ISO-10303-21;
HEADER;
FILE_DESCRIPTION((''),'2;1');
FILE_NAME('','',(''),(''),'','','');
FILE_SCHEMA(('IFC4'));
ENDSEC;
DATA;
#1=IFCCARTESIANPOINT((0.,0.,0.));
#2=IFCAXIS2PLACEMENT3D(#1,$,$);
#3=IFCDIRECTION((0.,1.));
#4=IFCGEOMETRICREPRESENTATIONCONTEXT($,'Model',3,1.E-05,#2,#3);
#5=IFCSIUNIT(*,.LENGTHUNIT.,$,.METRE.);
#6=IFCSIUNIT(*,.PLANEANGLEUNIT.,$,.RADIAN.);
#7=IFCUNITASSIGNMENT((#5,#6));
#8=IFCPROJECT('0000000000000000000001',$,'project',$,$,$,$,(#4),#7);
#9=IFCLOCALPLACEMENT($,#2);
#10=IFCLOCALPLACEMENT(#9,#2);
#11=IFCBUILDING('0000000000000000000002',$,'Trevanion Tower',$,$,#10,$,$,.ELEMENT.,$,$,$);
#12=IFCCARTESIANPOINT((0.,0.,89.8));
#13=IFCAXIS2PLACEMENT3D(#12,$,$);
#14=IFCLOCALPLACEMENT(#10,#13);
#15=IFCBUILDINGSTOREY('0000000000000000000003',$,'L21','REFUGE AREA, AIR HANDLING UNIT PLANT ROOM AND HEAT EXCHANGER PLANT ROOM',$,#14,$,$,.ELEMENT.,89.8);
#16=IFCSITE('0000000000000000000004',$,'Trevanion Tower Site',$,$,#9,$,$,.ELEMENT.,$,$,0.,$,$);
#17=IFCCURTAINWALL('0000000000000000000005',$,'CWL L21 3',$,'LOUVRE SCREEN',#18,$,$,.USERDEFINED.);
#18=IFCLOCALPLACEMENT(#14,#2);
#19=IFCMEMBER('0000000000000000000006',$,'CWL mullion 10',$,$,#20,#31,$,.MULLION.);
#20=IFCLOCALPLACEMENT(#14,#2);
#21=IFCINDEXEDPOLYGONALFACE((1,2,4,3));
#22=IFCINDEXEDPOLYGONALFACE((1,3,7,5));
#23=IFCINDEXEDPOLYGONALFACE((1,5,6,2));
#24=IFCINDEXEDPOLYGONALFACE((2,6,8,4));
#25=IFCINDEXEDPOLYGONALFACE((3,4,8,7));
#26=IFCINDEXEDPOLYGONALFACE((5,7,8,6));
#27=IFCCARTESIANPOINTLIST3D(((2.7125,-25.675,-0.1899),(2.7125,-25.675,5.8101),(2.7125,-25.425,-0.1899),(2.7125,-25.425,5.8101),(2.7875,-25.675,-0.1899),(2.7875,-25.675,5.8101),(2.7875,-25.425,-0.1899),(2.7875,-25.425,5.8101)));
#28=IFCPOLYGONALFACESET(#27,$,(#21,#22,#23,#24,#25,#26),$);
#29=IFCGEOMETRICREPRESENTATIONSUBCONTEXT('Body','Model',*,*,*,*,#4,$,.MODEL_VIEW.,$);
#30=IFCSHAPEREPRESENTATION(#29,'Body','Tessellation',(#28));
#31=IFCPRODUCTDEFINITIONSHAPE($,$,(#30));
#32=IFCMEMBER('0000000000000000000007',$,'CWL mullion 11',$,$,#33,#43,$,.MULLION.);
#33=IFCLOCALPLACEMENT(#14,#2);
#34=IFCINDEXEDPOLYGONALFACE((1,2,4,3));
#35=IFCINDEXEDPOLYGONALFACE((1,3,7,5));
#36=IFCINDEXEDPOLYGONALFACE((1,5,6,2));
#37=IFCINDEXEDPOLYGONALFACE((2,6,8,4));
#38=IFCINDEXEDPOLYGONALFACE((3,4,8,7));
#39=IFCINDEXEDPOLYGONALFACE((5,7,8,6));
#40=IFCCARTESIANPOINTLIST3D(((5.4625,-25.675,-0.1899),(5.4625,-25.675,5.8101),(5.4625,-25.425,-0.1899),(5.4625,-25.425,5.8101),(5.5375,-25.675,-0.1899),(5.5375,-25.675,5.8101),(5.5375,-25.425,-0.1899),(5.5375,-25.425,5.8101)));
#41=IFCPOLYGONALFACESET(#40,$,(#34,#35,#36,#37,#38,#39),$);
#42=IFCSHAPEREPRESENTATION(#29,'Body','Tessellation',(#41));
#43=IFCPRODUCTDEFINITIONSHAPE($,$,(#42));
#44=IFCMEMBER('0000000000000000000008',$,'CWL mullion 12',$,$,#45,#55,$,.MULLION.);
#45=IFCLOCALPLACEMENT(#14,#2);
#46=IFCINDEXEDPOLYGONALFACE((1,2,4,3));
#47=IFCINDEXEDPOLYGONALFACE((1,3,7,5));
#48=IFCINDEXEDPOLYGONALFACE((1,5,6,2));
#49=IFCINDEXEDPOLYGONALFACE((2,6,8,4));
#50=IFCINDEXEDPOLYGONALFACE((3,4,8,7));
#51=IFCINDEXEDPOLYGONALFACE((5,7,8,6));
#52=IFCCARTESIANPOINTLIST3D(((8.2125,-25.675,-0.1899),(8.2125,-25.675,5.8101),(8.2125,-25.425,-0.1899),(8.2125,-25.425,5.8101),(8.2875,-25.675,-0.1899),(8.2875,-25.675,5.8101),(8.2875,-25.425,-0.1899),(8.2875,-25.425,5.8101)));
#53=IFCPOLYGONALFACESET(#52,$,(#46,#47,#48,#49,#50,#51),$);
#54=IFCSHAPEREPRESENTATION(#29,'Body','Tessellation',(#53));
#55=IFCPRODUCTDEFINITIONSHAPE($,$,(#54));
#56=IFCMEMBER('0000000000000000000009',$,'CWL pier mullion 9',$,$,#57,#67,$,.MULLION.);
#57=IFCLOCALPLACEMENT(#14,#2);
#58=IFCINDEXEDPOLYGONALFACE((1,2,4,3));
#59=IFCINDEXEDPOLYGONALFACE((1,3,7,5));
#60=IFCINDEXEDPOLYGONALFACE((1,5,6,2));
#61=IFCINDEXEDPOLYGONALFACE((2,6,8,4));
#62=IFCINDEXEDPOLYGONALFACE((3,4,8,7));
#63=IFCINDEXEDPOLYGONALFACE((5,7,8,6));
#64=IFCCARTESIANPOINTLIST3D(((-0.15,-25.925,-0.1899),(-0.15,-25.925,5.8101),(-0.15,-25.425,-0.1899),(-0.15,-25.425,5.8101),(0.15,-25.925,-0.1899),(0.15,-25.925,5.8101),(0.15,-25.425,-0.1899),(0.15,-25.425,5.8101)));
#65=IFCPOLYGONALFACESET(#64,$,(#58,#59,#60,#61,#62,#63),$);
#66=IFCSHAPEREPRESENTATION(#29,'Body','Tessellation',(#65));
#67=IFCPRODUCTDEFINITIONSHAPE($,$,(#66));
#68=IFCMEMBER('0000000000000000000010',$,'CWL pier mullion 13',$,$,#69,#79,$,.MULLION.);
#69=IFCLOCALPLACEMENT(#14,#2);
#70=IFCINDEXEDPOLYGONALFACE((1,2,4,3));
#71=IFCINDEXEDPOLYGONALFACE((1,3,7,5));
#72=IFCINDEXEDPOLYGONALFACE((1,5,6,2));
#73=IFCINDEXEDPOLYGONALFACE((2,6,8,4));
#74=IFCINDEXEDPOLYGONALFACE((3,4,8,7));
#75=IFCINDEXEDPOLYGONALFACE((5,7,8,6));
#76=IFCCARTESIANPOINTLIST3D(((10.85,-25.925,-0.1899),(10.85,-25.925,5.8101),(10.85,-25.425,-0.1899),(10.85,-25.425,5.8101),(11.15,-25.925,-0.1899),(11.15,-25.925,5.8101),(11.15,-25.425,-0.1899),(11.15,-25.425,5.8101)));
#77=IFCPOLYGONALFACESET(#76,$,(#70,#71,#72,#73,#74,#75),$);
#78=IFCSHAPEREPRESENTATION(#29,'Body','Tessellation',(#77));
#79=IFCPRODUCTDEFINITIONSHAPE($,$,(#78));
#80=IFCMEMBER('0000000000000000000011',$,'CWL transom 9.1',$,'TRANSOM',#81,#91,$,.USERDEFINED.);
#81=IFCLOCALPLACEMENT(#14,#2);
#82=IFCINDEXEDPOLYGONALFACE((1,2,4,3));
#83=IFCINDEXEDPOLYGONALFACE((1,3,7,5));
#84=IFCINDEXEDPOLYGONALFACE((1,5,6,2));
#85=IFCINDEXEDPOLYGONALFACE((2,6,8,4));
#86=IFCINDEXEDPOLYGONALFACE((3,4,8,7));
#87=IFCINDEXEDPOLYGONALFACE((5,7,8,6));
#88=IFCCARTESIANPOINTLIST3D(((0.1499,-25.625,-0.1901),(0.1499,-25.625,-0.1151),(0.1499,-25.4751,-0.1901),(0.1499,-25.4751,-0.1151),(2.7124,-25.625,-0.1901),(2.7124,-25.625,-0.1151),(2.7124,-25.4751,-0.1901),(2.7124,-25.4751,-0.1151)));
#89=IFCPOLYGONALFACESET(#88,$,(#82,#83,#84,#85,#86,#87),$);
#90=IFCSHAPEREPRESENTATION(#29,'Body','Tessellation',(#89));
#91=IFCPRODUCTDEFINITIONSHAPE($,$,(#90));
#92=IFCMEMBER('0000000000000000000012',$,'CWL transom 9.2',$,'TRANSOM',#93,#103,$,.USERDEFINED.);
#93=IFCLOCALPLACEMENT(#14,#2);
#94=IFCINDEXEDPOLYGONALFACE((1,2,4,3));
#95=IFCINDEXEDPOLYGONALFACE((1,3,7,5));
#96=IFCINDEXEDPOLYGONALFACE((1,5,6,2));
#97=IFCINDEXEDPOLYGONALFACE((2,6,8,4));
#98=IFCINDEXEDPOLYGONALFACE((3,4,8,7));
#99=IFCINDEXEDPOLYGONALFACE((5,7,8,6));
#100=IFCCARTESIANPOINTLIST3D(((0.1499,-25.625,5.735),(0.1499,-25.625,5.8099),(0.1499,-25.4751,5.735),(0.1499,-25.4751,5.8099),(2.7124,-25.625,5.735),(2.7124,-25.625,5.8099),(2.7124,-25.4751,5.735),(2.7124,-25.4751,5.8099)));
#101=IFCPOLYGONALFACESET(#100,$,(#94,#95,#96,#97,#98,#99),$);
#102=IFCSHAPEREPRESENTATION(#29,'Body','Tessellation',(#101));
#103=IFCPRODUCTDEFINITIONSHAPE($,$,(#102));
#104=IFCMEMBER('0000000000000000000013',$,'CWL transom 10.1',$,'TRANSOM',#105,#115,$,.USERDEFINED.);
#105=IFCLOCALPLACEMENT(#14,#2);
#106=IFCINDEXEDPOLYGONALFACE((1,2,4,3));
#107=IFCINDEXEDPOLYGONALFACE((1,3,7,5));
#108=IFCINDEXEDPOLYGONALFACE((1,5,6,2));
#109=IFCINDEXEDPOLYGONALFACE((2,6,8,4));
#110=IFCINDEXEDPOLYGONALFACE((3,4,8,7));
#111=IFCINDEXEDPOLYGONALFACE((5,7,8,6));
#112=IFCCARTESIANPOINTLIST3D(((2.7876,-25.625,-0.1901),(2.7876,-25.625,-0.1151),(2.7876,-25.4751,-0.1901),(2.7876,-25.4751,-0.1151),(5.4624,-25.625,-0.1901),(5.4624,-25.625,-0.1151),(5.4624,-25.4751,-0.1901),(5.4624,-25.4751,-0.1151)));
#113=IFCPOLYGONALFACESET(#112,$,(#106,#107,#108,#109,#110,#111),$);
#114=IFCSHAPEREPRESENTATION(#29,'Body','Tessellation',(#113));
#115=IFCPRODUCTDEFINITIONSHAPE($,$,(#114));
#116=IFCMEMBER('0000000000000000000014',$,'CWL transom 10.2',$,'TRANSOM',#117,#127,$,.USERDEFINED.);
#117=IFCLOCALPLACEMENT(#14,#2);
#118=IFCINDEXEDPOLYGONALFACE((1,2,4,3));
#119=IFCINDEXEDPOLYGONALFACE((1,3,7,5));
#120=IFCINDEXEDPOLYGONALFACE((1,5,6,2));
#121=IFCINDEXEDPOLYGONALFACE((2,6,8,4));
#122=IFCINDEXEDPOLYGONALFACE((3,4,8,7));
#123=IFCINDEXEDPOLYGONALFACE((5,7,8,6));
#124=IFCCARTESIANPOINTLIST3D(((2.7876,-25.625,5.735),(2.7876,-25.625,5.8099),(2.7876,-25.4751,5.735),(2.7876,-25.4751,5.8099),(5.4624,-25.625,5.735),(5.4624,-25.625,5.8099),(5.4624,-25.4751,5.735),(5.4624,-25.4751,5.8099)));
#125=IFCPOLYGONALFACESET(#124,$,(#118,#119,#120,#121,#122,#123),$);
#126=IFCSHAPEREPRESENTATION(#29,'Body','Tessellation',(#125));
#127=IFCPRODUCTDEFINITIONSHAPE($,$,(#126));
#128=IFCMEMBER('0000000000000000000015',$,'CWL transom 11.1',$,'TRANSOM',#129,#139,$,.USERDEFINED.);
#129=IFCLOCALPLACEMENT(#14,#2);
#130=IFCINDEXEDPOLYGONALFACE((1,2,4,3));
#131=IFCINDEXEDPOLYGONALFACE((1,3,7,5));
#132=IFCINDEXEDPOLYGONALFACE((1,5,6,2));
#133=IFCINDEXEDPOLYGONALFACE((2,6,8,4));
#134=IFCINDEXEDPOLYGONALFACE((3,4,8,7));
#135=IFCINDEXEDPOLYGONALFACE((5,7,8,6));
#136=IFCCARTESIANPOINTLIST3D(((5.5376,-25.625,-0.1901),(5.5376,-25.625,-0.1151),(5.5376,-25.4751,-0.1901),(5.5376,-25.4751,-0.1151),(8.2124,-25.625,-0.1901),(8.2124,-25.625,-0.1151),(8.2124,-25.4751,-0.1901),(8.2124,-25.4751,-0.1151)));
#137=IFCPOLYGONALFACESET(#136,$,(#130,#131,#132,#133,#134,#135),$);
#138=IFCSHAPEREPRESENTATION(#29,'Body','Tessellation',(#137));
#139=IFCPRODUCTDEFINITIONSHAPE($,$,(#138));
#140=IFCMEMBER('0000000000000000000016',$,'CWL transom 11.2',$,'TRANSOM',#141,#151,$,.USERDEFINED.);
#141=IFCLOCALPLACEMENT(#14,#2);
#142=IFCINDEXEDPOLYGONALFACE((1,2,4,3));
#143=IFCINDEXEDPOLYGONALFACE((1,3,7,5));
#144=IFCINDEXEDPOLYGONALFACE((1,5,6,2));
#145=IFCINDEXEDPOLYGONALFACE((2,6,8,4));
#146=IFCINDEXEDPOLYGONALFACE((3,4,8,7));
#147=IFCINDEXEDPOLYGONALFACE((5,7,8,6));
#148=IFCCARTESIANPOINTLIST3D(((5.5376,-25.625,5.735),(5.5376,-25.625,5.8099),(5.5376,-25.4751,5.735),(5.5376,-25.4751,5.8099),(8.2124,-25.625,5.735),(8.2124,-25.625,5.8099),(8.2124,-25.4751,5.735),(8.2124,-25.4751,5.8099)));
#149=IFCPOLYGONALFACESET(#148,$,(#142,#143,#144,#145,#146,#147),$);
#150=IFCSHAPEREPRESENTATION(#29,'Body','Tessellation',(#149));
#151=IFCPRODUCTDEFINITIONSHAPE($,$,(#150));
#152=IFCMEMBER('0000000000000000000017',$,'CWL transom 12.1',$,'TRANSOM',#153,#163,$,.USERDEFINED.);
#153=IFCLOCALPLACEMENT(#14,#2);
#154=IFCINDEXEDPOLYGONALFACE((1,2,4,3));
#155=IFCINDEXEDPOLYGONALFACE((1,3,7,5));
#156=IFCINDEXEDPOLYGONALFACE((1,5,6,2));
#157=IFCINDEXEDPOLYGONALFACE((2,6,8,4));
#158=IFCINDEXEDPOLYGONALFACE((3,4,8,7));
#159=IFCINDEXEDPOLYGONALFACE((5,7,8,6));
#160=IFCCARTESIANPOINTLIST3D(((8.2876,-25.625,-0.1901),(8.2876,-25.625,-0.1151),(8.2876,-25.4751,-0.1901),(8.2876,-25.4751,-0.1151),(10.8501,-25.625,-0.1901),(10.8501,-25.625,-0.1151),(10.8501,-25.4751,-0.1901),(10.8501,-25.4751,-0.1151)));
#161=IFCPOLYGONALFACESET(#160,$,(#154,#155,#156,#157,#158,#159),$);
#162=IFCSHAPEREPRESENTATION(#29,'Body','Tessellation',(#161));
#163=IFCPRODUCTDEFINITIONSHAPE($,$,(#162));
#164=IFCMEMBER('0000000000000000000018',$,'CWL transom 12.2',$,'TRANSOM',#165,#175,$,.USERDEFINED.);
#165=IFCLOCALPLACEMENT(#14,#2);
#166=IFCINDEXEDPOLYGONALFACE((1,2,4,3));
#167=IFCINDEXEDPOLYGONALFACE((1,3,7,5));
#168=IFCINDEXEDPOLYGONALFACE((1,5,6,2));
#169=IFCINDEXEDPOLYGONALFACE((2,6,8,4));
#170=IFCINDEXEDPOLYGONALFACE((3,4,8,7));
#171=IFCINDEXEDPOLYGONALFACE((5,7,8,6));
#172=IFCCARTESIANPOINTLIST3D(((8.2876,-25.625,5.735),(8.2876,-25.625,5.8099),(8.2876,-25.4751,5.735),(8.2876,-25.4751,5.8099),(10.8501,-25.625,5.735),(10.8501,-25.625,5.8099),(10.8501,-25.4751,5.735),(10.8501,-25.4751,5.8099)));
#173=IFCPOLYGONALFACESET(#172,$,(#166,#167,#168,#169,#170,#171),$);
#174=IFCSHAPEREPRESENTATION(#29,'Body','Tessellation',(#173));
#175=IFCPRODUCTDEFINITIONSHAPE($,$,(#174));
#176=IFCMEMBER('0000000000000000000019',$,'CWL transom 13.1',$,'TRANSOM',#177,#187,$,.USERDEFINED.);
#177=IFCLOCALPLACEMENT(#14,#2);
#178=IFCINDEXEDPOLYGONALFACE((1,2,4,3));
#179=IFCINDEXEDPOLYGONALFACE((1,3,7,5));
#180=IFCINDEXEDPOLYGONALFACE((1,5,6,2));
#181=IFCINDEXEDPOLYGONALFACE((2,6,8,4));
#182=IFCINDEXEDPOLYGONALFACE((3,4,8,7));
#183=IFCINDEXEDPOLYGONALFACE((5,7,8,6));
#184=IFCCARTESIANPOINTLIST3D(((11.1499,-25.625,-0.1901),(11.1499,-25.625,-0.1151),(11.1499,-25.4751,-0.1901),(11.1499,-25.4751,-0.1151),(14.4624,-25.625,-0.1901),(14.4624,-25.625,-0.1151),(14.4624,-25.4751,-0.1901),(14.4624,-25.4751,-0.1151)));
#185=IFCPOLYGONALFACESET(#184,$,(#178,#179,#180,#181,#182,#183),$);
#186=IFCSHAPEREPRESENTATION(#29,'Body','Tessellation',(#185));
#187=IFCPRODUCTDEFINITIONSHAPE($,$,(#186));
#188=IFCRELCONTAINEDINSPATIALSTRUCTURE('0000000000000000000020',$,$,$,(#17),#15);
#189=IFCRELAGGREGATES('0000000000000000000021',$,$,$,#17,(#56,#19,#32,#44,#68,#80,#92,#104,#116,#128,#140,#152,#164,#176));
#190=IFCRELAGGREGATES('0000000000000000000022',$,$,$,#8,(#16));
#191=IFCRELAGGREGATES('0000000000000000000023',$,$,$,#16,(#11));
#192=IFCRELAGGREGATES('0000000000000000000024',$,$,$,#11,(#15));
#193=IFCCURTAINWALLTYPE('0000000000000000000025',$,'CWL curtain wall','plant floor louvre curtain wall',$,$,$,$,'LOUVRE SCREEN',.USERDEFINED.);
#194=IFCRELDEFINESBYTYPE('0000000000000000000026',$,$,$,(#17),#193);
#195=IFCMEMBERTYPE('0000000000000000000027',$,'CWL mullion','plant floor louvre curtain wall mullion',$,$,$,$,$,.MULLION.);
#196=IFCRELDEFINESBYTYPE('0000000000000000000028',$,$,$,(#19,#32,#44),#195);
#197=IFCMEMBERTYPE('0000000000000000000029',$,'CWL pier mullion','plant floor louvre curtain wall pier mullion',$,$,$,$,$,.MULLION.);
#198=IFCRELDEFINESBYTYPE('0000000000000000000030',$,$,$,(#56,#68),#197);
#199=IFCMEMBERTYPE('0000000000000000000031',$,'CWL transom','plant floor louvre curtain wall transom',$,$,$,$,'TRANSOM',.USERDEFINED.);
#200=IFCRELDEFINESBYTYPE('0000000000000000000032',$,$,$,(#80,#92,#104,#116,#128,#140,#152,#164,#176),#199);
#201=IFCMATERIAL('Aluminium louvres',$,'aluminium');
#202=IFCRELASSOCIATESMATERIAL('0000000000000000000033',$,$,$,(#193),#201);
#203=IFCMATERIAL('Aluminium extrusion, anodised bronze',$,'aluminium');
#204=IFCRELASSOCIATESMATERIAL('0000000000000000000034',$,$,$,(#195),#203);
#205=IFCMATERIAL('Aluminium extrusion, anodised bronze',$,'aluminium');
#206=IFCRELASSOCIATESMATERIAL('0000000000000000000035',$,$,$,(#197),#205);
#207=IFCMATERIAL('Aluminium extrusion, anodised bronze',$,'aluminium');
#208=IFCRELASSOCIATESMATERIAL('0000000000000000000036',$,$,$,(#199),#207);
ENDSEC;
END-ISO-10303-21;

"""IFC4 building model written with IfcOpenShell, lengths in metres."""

from ifc_helpers import new_model, si_unit, direction, frame, origin, origin_2d, place, context, subcontext, project, spatial, rectangle, extrude, material, material_profile, profile_set, type_object, element, aggregate, save


model = new_model("IFC4")

# Units and contexts
model_context = context("Model", 3, precision=1e-05, world=origin(), true_north=direction((0.0, 1.0)))
body_context = subcontext(model_context, "Body", "Model", "MODEL_VIEW")
ifc_project = project(units=[si_unit("LENGTHUNIT", "METRE"), si_unit("PLANEANGLEUNIT", "RADIAN")], contexts=[model_context])

# Site, building, storey
site_placement = place(None, origin())
site = spatial("IfcSite", under=ifc_project, at=site_placement, Name="Trevanion Tower Site", CompositionType="ELEMENT", RefElevation=0.0)
building_placement = place(site_placement, origin())
building = spatial("IfcBuilding", under=site, at=building_placement, Name="Trevanion Tower", CompositionType="ELEMENT")
storey_placement = place(building_placement, frame((0.0, 0.0, 89.8)))
storey = spatial("IfcBuildingStorey", under=building, at=storey_placement, Name="L21", Description="REFUGE AREA, AIR HANDLING UNIT PLANT ROOM AND HEAT EXCHANGER PLANT ROOM", CompositionType="ELEMENT", Elevation=89.8)

# Curtain wall, members
ifc_material_1 = material(Name="Aluminium louvres", Category="aluminium")
curtain_wall_type = type_object("IfcCurtainWallType", Name="CWL curtain wall", Description="plant floor louvre curtain wall", ElementType="LOUVRE SCREEN", PredefinedType="USERDEFINED", material=ifc_material_1)
curtain_wall_placement = place(storey_placement, origin())
curtain_wall = element("IfcCurtainWall", 1, at=curtain_wall_placement, inside=storey, type_object=curtain_wall_type, Name="CWL L21 3", ObjectType="LOUVRE SCREEN", PredefinedType="USERDEFINED")
ifc_material_2 = material(Name="Aluminium extrusion, anodised bronze", Category="aluminium")
ifc_material_profile_1 = material_profile(ifc_material_2, rectangle(XDim=0.075, YDim=0.25, at=origin_2d()), Name="CWL mullion")
ifc_profile_set_1 = profile_set([ifc_material_profile_1], Name="Aluminium extrusion, anodised bronze")
member_type_1 = type_object("IfcMemberType", Name="CWL mullion", Description="plant floor louvre curtain wall mullion", PredefinedType="MULLION", material=ifc_profile_set_1)
member_1_placement = place(storey_placement, frame((2.75, -25.55, -0.1899), z_axis=(0.0, 0.0, 1.0), x_axis=(1.0, 0.0, 0.0)))
member_1 = element("IfcMember", 2, at=member_1_placement, type_object=member_type_1, Name="CWL mullion 10", PredefinedType="MULLION", context=body_context, shape_type="SweptSolid", body=[
    extrude(rectangle(XDim=0.075, YDim=0.25, at=origin_2d()), origin(), (0.0, 0.0, 1.0), 6.0),
])
member_2_placement = place(storey_placement, frame((5.5, -25.55, -0.1899), z_axis=(0.0, 0.0, 1.0), x_axis=(1.0, 0.0, 0.0)))
member_2 = element("IfcMember", 3, at=member_2_placement, type_object=member_type_1, Name="CWL mullion 11", PredefinedType="MULLION", context=body_context, shape_type="SweptSolid", body=[
    extrude(rectangle(XDim=0.075, YDim=0.25, at=origin_2d()), origin(), (0.0, 0.0, 1.0), 6.0),
])
member_3_placement = place(storey_placement, frame((8.25, -25.55, -0.1899), z_axis=(0.0, 0.0, 1.0), x_axis=(1.0, 0.0, 0.0)))
member_3 = element("IfcMember", 4, at=member_3_placement, type_object=member_type_1, Name="CWL mullion 12", PredefinedType="MULLION", context=body_context, shape_type="SweptSolid", body=[
    extrude(rectangle(XDim=0.075, YDim=0.25, at=origin_2d()), origin(), (0.0, 0.0, 1.0), 6.0),
])
ifc_material_3 = material(Name="Aluminium extrusion, anodised bronze", Category="aluminium")
ifc_material_profile_2 = material_profile(ifc_material_3, rectangle(XDim=0.3, YDim=0.5, at=origin_2d()), Name="CWL pier mullion")
ifc_profile_set_2 = profile_set([ifc_material_profile_2], Name="Aluminium extrusion, anodised bronze")
member_type_2 = type_object("IfcMemberType", Name="CWL pier mullion", Description="plant floor louvre curtain wall pier mullion", PredefinedType="MULLION", material=ifc_profile_set_2)
member_4_placement = place(storey_placement, frame((0.0, -25.675, -0.1899), z_axis=(0.0, 0.0, 1.0), x_axis=(1.0, 0.0, 0.0)))
member_4 = element("IfcMember", 5, at=member_4_placement, type_object=member_type_2, Name="CWL pier mullion 9", PredefinedType="MULLION", context=body_context, shape_type="SweptSolid", body=[
    extrude(rectangle(XDim=0.3, YDim=0.5, at=origin_2d()), origin(), (0.0, 0.0, 1.0), 6.0),
])
member_5_placement = place(storey_placement, frame((11.0, -25.675, -0.1899), z_axis=(0.0, 0.0, 1.0), x_axis=(1.0, 0.0, 0.0)))
member_5 = element("IfcMember", 6, at=member_5_placement, type_object=member_type_2, Name="CWL pier mullion 13", PredefinedType="MULLION", context=body_context, shape_type="SweptSolid", body=[
    extrude(rectangle(XDim=0.3, YDim=0.5, at=origin_2d()), origin(), (0.0, 0.0, 1.0), 6.0),
])
ifc_material_4 = material(Name="Aluminium extrusion, anodised bronze", Category="aluminium")
ifc_material_profile_3 = material_profile(ifc_material_4, rectangle(XDim=0.1499, YDim=0.075, at=origin_2d()), Name="CWL transom")
ifc_profile_set_3 = profile_set([ifc_material_profile_3], Name="Aluminium extrusion, anodised bronze")
member_type_3 = type_object("IfcMemberType", Name="CWL transom", Description="plant floor louvre curtain wall transom", ElementType="TRANSOM", PredefinedType="USERDEFINED", material=ifc_profile_set_3)
member_6_placement = place(storey_placement, frame((0.1499, -25.55, -0.1526), z_axis=(1.0, 0.0, 0.0), x_axis=(0.0, 1.0, 0.0)))
member_6 = element("IfcMember", 7, at=member_6_placement, type_object=member_type_3, Name="CWL transom 9.1", ObjectType="TRANSOM", PredefinedType="USERDEFINED", context=body_context, shape_type="SweptSolid", body=[
    extrude(rectangle(XDim=0.1499, YDim=0.075, at=origin_2d()), origin(), (0.0, 0.0, 1.0), 2.5625),
])
member_7_placement = place(storey_placement, frame((0.1499, -25.55, 5.7725), z_axis=(1.0, 0.0, 0.0), x_axis=(0.0, 1.0, 0.0)))
member_7 = element("IfcMember", 8, at=member_7_placement, type_object=member_type_3, Name="CWL transom 9.2", ObjectType="TRANSOM", PredefinedType="USERDEFINED", context=body_context, shape_type="SweptSolid", body=[
    extrude(rectangle(XDim=0.1499, YDim=0.075, at=origin_2d()), origin(), (0.0, 0.0, 1.0), 2.5625),
])
member_8_placement = place(storey_placement, frame((2.7876, -25.55, -0.1526), z_axis=(1.0, 0.0, 0.0), x_axis=(0.0, 1.0, 0.0)))
member_8 = element("IfcMember", 9, at=member_8_placement, type_object=member_type_3, Name="CWL transom 10.1", ObjectType="TRANSOM", PredefinedType="USERDEFINED", context=body_context, shape_type="SweptSolid", body=[
    extrude(rectangle(XDim=0.1499, YDim=0.075, at=origin_2d()), origin(), (0.0, 0.0, 1.0), 2.6748),
])
member_9_placement = place(storey_placement, frame((2.7876, -25.55, 5.7725), z_axis=(1.0, 0.0, 0.0), x_axis=(0.0, 1.0, 0.0)))
member_9 = element("IfcMember", 10, at=member_9_placement, type_object=member_type_3, Name="CWL transom 10.2", ObjectType="TRANSOM", PredefinedType="USERDEFINED", context=body_context, shape_type="SweptSolid", body=[
    extrude(rectangle(XDim=0.1499, YDim=0.075, at=origin_2d()), origin(), (0.0, 0.0, 1.0), 2.6748),
])
member_10_placement = place(storey_placement, frame((5.5376, -25.55, -0.1526), z_axis=(1.0, 0.0, 0.0), x_axis=(0.0, 1.0, 0.0)))
member_10 = element("IfcMember", 11, at=member_10_placement, type_object=member_type_3, Name="CWL transom 11.1", ObjectType="TRANSOM", PredefinedType="USERDEFINED", context=body_context, shape_type="SweptSolid", body=[
    extrude(rectangle(XDim=0.1499, YDim=0.075, at=origin_2d()), origin(), (0.0, 0.0, 1.0), 2.6748),
])
member_11_placement = place(storey_placement, frame((5.5376, -25.55, 5.7725), z_axis=(1.0, 0.0, 0.0), x_axis=(0.0, 1.0, 0.0)))
member_11 = element("IfcMember", 12, at=member_11_placement, type_object=member_type_3, Name="CWL transom 11.2", ObjectType="TRANSOM", PredefinedType="USERDEFINED", context=body_context, shape_type="SweptSolid", body=[
    extrude(rectangle(XDim=0.1499, YDim=0.075, at=origin_2d()), origin(), (0.0, 0.0, 1.0), 2.6748),
])
member_12_placement = place(storey_placement, frame((8.2876, -25.55, -0.1526), z_axis=(1.0, 0.0, 0.0), x_axis=(0.0, 1.0, 0.0)))
member_12 = element("IfcMember", 13, at=member_12_placement, type_object=member_type_3, Name="CWL transom 12.1", ObjectType="TRANSOM", PredefinedType="USERDEFINED", context=body_context, shape_type="SweptSolid", body=[
    extrude(rectangle(XDim=0.1499, YDim=0.075, at=origin_2d()), origin(), (0.0, 0.0, 1.0), 2.5625),
])
member_13_placement = place(storey_placement, frame((8.2876, -25.55, 5.7725), z_axis=(1.0, 0.0, 0.0), x_axis=(0.0, 1.0, 0.0)))
member_13 = element("IfcMember", 14, at=member_13_placement, type_object=member_type_3, Name="CWL transom 12.2", ObjectType="TRANSOM", PredefinedType="USERDEFINED", context=body_context, shape_type="SweptSolid", body=[
    extrude(rectangle(XDim=0.1499, YDim=0.075, at=origin_2d()), origin(), (0.0, 0.0, 1.0), 2.5625),
])
member_14_placement = place(storey_placement, frame((11.1499, -25.55, -0.1526), z_axis=(1.0, 0.0, 0.0), x_axis=(0.0, 1.0, 0.0)))
member_14 = element("IfcMember", 15, at=member_14_placement, type_object=member_type_3, Name="CWL transom 13.1", ObjectType="TRANSOM", PredefinedType="USERDEFINED", context=body_context, shape_type="SweptSolid", body=[
    extrude(rectangle(XDim=0.1499, YDim=0.075, at=origin_2d()), origin(), (0.0, 0.0, 1.0), 3.3125),
])
aggregate(curtain_wall, [member_4, member_1, member_2, member_3, member_5, member_6, member_7, member_8, member_9, member_10, member_11, member_12, member_13, member_14])

save(model, "model.ifc")
